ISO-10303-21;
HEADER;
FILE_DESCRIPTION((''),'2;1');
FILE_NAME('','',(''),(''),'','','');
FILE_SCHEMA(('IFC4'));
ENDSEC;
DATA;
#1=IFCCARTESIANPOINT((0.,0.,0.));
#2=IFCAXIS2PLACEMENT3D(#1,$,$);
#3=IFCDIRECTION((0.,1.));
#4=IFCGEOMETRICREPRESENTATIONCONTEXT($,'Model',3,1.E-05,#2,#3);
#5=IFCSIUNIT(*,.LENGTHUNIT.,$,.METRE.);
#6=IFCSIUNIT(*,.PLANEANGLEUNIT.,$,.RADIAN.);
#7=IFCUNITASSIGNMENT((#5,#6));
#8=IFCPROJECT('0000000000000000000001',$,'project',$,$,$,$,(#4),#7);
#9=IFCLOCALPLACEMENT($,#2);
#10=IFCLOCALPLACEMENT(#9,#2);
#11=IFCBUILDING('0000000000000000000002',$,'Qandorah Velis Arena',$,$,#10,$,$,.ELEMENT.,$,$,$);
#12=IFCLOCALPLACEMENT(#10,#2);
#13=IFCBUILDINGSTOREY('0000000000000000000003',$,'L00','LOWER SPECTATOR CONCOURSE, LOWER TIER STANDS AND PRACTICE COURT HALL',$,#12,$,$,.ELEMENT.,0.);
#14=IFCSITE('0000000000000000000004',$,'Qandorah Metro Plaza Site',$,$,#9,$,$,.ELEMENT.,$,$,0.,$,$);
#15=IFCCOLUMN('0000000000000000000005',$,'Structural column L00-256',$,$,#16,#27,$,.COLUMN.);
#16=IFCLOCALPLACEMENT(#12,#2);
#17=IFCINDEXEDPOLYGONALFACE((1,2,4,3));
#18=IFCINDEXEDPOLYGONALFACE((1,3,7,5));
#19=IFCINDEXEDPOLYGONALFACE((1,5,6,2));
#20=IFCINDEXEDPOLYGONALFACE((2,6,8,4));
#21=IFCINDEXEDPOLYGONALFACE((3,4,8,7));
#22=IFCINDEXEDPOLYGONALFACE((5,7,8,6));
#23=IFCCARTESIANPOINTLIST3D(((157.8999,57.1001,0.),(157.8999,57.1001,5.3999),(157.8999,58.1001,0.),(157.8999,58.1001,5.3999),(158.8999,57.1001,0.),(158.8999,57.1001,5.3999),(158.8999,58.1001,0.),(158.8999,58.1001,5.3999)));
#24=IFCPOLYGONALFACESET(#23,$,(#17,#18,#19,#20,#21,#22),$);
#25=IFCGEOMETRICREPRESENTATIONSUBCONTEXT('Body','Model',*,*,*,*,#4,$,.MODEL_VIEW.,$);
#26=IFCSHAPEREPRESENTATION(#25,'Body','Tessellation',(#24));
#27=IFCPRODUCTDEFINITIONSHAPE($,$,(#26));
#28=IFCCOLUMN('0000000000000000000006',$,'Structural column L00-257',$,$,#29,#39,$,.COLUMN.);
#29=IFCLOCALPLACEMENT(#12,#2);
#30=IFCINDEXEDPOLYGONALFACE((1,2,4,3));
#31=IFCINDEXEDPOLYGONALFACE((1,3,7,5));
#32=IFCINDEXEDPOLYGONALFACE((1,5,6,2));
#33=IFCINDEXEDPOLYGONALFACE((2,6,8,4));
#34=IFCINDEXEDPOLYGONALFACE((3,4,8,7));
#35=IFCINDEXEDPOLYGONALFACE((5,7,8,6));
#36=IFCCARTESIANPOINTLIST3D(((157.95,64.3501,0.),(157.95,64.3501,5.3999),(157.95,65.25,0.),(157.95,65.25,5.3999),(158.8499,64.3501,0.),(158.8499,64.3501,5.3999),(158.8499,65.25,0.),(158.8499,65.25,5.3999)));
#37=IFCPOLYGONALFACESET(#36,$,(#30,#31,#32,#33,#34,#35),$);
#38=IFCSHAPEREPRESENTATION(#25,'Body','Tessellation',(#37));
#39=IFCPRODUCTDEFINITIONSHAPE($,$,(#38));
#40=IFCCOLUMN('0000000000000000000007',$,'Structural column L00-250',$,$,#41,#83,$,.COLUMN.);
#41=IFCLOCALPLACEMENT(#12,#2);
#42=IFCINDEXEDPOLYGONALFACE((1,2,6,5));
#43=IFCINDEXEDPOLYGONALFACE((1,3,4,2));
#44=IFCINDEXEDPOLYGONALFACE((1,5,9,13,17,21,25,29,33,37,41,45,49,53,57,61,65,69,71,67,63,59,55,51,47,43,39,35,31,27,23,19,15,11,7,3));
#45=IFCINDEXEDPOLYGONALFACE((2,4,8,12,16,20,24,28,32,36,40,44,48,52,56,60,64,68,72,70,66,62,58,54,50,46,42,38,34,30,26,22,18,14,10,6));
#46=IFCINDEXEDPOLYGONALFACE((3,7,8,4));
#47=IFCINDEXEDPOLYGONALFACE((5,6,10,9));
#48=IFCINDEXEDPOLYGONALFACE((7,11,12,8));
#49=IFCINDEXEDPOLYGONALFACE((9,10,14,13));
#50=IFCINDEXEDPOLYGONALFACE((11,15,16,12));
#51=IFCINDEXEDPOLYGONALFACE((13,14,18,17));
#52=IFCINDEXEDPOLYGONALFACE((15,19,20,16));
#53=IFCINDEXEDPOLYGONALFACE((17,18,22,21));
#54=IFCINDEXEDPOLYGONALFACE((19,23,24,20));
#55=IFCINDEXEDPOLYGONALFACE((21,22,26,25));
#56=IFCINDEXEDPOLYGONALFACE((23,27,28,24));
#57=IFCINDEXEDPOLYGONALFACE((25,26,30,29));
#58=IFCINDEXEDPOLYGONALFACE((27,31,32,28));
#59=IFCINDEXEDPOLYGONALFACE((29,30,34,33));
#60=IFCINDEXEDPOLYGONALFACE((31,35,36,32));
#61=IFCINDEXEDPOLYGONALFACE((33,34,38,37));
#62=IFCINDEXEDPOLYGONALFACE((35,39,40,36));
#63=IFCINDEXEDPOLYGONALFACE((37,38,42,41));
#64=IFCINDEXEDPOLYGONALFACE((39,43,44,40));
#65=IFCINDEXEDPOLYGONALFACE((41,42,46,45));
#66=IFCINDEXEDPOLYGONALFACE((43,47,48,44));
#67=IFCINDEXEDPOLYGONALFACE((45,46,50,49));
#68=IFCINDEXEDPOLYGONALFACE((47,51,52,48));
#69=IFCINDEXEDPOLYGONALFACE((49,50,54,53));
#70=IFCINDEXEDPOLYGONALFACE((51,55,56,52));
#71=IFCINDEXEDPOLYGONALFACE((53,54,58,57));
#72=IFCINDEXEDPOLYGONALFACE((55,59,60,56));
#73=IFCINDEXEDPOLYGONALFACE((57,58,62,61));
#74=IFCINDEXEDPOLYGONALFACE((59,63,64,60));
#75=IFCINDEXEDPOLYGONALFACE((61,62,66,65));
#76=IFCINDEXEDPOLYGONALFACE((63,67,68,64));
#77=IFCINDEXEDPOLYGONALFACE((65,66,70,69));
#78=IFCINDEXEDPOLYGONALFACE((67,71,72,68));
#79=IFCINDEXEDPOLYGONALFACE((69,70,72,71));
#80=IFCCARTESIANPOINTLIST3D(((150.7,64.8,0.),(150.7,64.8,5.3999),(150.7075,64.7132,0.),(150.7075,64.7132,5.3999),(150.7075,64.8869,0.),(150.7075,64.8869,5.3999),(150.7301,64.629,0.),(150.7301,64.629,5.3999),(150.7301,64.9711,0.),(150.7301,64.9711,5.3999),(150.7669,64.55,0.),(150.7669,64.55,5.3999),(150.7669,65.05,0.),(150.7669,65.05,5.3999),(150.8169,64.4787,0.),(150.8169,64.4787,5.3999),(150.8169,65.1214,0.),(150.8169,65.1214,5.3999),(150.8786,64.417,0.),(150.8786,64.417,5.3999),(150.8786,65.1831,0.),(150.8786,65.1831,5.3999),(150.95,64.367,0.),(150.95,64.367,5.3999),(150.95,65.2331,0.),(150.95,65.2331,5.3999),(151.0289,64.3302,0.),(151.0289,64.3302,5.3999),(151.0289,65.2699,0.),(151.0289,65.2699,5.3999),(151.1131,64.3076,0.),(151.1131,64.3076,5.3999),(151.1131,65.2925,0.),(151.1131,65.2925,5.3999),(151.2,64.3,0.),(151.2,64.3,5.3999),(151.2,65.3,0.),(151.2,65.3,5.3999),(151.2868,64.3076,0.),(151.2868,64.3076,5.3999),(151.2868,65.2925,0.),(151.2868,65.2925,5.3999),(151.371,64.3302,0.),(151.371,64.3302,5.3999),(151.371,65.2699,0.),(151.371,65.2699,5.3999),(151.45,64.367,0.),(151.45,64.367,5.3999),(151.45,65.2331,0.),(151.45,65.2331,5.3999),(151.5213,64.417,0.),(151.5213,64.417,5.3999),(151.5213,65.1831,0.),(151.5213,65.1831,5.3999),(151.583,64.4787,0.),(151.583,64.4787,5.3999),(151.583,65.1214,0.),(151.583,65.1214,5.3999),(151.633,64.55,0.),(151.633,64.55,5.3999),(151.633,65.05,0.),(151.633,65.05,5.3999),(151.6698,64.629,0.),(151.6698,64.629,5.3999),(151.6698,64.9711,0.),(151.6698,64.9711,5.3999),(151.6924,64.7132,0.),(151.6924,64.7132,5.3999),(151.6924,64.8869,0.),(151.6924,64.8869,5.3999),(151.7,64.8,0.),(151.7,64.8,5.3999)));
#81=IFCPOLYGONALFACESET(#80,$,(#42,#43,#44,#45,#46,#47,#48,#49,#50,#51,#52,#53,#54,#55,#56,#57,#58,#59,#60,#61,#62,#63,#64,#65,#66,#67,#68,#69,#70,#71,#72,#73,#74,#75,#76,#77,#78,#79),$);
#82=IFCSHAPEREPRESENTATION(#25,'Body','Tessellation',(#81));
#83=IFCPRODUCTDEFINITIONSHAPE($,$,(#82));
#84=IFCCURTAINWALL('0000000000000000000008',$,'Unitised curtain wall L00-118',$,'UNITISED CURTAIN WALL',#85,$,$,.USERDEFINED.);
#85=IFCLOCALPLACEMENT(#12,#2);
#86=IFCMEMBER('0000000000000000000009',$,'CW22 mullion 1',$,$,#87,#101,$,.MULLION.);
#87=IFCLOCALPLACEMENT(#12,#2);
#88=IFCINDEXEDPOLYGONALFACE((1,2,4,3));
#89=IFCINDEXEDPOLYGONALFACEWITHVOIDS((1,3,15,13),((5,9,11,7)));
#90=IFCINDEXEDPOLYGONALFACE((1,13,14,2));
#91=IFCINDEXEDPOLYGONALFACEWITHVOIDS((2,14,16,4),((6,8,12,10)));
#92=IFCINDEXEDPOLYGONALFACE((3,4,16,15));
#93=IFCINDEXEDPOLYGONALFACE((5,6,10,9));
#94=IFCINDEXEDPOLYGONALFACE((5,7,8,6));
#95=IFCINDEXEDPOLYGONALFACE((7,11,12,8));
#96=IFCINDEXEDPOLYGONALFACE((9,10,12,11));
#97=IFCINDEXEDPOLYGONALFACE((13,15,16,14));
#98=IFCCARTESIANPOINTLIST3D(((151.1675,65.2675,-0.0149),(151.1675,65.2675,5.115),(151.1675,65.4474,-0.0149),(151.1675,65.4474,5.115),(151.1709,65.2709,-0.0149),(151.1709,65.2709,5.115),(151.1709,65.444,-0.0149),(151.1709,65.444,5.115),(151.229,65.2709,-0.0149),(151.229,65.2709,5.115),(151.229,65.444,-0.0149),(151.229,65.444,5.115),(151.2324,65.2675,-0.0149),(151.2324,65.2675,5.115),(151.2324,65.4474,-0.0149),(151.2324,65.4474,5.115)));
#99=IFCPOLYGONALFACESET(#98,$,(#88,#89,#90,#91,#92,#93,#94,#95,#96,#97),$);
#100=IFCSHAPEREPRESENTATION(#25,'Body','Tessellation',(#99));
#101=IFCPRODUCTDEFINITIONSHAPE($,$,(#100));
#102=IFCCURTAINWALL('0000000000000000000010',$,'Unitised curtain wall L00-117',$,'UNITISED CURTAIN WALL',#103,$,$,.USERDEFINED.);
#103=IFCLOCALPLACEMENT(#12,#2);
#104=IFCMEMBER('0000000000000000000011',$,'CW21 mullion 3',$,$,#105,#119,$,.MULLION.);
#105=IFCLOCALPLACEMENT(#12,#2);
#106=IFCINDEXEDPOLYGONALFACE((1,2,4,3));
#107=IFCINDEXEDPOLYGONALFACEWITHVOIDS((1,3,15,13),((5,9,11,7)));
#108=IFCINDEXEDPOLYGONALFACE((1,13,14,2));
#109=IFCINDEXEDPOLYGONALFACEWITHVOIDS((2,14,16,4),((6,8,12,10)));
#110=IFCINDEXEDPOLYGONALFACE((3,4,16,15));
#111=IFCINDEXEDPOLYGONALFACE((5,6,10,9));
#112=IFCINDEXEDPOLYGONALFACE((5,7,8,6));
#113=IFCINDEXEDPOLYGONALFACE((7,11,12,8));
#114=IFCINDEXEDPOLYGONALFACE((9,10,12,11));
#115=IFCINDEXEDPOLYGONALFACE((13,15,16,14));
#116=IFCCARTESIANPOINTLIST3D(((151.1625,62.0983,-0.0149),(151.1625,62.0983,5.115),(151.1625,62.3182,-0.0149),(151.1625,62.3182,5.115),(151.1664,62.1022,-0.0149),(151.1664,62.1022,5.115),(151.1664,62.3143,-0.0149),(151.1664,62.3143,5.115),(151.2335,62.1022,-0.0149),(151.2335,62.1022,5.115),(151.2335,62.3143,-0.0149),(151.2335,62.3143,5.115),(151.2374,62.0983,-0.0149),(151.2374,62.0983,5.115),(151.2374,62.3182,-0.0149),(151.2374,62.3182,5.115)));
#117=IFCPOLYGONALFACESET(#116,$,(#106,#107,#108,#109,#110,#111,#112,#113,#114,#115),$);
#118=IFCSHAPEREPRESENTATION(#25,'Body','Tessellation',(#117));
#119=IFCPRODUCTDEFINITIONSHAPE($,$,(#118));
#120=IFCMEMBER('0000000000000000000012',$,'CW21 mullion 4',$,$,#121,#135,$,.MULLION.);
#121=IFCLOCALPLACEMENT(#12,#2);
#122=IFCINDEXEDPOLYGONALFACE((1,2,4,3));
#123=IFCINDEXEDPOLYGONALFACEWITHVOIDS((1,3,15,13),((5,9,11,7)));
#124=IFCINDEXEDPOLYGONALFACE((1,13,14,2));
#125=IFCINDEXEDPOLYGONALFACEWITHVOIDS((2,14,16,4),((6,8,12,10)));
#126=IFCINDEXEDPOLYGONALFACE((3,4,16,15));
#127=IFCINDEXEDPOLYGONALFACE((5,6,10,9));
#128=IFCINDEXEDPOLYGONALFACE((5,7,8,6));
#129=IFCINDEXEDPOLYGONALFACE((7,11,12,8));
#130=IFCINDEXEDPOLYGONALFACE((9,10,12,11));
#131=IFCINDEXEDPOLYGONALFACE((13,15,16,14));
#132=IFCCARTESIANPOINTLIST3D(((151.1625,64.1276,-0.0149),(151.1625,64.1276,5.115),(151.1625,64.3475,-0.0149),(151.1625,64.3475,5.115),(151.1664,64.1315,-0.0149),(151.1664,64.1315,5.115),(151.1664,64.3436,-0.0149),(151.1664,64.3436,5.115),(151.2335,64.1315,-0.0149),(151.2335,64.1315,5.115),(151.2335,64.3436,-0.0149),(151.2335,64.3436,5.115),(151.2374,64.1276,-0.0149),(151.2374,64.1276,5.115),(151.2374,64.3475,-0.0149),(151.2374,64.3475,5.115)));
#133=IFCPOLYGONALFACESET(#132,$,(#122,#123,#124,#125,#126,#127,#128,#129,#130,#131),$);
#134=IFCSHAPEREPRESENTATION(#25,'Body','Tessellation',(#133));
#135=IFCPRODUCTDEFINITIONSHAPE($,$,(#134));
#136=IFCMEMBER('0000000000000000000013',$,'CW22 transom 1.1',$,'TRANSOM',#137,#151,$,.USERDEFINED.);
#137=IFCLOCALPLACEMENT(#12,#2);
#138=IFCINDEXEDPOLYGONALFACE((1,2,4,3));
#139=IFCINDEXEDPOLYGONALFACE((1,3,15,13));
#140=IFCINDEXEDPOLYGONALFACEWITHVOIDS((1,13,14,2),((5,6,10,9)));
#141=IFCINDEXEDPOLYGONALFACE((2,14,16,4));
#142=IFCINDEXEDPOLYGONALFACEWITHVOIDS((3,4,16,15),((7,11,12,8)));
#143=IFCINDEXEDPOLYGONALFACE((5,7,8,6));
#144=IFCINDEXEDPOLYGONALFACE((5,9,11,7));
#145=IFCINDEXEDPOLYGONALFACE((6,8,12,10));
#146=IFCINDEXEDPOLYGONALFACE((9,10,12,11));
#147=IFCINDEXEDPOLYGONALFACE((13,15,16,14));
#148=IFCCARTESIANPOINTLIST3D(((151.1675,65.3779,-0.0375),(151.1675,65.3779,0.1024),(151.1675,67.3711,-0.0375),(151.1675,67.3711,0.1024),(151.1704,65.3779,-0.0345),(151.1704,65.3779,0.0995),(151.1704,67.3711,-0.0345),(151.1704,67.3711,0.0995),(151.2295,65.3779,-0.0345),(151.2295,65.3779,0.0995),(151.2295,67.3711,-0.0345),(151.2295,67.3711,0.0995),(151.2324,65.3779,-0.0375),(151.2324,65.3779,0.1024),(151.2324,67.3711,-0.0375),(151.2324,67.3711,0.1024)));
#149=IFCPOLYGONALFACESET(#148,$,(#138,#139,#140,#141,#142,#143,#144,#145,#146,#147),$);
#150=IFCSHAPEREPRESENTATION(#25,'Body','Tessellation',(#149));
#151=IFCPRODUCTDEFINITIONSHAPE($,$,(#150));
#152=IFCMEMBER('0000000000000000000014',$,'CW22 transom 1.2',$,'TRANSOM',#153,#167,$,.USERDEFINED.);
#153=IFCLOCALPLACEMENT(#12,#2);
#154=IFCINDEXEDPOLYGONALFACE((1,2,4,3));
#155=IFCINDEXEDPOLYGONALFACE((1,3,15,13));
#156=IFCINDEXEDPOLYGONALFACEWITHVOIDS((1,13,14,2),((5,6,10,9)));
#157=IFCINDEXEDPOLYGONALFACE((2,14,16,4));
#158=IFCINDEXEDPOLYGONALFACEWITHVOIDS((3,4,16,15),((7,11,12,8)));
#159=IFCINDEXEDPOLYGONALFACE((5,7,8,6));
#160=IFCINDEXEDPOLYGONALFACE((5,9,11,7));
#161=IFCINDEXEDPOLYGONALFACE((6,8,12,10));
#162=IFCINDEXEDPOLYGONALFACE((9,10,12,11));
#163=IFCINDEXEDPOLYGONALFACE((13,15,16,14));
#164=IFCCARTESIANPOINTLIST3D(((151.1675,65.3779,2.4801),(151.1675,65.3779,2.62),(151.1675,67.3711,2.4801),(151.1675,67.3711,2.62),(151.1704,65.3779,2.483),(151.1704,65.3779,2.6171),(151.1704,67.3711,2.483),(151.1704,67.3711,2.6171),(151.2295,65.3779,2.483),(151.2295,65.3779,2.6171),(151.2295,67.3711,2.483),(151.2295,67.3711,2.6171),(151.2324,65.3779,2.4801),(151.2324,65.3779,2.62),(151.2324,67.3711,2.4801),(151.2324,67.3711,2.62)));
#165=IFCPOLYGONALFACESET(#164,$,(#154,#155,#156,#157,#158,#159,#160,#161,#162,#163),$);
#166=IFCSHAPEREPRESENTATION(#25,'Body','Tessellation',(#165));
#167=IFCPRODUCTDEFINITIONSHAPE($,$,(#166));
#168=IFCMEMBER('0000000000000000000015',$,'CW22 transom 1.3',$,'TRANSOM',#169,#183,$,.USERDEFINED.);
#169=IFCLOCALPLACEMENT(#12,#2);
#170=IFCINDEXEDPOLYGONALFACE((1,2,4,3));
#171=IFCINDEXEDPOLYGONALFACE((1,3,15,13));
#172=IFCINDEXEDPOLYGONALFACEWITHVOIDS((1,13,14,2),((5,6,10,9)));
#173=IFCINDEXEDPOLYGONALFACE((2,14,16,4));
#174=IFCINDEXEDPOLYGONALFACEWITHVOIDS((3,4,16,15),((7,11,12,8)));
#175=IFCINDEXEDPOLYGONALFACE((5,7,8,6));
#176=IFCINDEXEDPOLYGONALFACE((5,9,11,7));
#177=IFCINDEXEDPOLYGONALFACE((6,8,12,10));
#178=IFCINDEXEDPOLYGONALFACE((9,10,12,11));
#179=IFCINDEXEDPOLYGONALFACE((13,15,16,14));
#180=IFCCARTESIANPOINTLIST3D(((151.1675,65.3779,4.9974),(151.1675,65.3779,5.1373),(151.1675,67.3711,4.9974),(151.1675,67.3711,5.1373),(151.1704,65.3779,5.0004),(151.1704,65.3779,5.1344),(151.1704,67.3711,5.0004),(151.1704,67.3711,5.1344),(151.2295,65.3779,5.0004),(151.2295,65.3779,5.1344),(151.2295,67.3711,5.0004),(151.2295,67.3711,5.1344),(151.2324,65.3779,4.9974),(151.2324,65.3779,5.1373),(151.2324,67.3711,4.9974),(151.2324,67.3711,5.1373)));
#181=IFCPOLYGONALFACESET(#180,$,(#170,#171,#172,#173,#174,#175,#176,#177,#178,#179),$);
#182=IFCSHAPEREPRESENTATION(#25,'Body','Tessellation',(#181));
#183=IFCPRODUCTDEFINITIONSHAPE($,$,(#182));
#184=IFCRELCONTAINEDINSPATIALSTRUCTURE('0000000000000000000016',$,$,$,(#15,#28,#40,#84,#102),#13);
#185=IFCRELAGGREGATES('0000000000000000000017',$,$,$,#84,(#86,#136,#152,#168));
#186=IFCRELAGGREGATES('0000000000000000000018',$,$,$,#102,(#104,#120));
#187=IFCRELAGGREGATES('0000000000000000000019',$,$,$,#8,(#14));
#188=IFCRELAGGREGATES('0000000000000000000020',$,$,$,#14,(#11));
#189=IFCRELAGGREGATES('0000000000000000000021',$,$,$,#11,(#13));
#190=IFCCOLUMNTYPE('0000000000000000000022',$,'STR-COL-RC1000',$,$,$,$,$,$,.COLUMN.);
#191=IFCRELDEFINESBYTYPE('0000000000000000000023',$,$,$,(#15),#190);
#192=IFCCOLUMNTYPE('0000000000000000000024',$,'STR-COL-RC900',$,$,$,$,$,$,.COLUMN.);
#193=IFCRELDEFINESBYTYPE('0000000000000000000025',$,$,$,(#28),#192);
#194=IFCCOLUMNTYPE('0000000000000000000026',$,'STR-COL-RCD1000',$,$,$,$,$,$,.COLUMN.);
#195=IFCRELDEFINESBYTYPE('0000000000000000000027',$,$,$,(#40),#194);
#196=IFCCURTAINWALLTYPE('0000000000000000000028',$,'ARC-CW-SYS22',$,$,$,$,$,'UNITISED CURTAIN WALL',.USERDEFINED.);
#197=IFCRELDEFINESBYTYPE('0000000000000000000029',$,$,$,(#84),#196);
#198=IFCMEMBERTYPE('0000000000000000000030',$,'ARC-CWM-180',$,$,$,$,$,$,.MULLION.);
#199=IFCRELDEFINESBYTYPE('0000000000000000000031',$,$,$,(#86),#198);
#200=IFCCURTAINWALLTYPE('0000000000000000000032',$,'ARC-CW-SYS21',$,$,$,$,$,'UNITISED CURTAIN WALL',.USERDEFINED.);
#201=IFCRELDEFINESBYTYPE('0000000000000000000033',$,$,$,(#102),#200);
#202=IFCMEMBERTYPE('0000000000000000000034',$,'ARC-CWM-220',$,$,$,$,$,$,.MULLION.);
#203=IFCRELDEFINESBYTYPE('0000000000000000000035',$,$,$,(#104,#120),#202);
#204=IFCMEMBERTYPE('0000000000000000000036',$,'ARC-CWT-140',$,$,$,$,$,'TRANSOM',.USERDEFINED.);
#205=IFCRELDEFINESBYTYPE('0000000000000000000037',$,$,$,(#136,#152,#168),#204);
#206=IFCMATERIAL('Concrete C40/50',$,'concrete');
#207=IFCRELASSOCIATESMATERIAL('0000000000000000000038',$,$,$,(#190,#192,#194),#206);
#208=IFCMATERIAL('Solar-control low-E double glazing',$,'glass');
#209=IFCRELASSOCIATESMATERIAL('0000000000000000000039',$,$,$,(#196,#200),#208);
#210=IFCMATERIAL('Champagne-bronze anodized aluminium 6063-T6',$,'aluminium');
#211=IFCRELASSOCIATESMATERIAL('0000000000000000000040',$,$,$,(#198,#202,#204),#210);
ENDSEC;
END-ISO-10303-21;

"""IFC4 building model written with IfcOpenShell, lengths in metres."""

from ifc_helpers import new_model, si_unit, direction, frame, origin, origin_2d, place, context, subcontext, project, spatial, rectangle, hollow_rectangle, circle, extrude, material, material_profile, profile_set, type_object, element, aggregate, save


model = new_model("IFC4")

# Units and contexts
model_context = context("Model", 3, precision=1e-05, world=origin(), true_north=direction((0.0, 1.0)))
body_context = subcontext(model_context, "Body", "Model", "MODEL_VIEW")
ifc_project = project(units=[si_unit("LENGTHUNIT", "METRE"), si_unit("PLANEANGLEUNIT", "RADIAN")], contexts=[model_context])

# Site, building, storey
site_placement = place(None, origin())
site = spatial("IfcSite", under=ifc_project, at=site_placement, Name="Qandorah Metro Plaza Site", CompositionType="ELEMENT", RefElevation=0.0)
building_placement = place(site_placement, origin())
building = spatial("IfcBuilding", under=site, at=building_placement, Name="Qandorah Velis Arena", CompositionType="ELEMENT")
storey_placement = place(building_placement, origin())
storey = spatial("IfcBuildingStorey", under=building, at=storey_placement, Name="L00", Description="LOWER SPECTATOR CONCOURSE, LOWER TIER STANDS AND PRACTICE COURT HALL", CompositionType="ELEMENT", Elevation=0.0)

# Columns
ifc_material_1 = material(Name="Concrete C40/50", Category="concrete")
ifc_material_profile_1 = material_profile(ifc_material_1, rectangle(XDim=1.0, YDim=1.0, at=origin_2d()), Name="RC COL 1000x1000")
ifc_profile_set_1 = profile_set([ifc_material_profile_1], Name="Concrete C40/50")
column_type_1 = type_object("IfcColumnType", Name="STR-COL-RC1000", PredefinedType="COLUMN", material=ifc_profile_set_1)
column_1_placement = place(storey_placement, frame((158.3999, 57.6001, 0.0), z_axis=(0.0, 0.0, 1.0), x_axis=(1.0, 0.0, 0.0)))
element("IfcColumn", 1, at=column_1_placement, inside=storey, type_object=column_type_1, Name="Structural column L00-256", PredefinedType="COLUMN", context=body_context, shape_type="SweptSolid", body=[
    extrude(rectangle(XDim=1.0, YDim=1.0, at=origin_2d()), origin(), (0.0, 0.0, 1.0), 5.3999),
])
ifc_material_profile_2 = material_profile(ifc_material_1, rectangle(XDim=0.8999, YDim=0.8999, at=origin_2d()), Name="RC COL 900x900")
ifc_profile_set_2 = profile_set([ifc_material_profile_2], Name="Concrete C40/50")
column_type_2 = type_object("IfcColumnType", Name="STR-COL-RC900", PredefinedType="COLUMN", material=ifc_profile_set_2)
column_2_placement = place(storey_placement, frame((158.3999, 64.8, 0.0), z_axis=(0.0, 0.0, 1.0), x_axis=(1.0, 0.0, 0.0)))
element("IfcColumn", 2, at=column_2_placement, inside=storey, type_object=column_type_2, Name="Structural column L00-257", PredefinedType="COLUMN", context=body_context, shape_type="SweptSolid", body=[
    extrude(rectangle(XDim=0.8999, YDim=0.8999, at=origin_2d()), origin(), (0.0, 0.0, 1.0), 5.3999),
])
ifc_material_profile_3 = material_profile(ifc_material_1, circle(Radius=0.5, at=origin_2d()), Name="RC D1000")
ifc_profile_set_3 = profile_set([ifc_material_profile_3], Name="Concrete C40/50")
column_type_3 = type_object("IfcColumnType", Name="STR-COL-RCD1000", PredefinedType="COLUMN", material=ifc_profile_set_3)
column_3_placement = place(storey_placement, frame((151.2, 64.8, 0.0), z_axis=(0.0, 0.0, 1.0), x_axis=(1.0, 0.0, 0.0)))
element("IfcColumn", 3, at=column_3_placement, inside=storey, type_object=column_type_3, Name="Structural column L00-250", PredefinedType="COLUMN", context=body_context, shape_type="SweptSolid", body=[
    extrude(circle(Radius=0.5, at=origin_2d()), origin(), (0.0, 0.0, 1.0), 5.3999),
])

# Curtain wall, member
ifc_material_2 = material(Name="Solar-control low-E double glazing", Category="glass")
curtain_wall_type_1 = type_object("IfcCurtainWallType", Name="ARC-CW-SYS22", ElementType="UNITISED CURTAIN WALL", PredefinedType="USERDEFINED", material=ifc_material_2)
curtain_wall_1_placement = place(storey_placement, origin())
curtain_wall_1 = element("IfcCurtainWall", 4, at=curtain_wall_1_placement, inside=storey, type_object=curtain_wall_type_1, Name="Unitised curtain wall L00-118", ObjectType="UNITISED CURTAIN WALL", PredefinedType="USERDEFINED")
ifc_material_3 = material(Name="Champagne-bronze anodized aluminium 6063-T6", Category="aluminium")
ifc_material_profile_4 = material_profile(ifc_material_3, hollow_rectangle(XDim=0.0649, YDim=0.1799, WallThickness=0.0034, at=origin_2d()), Name="ALU MULLION 65x180")
ifc_profile_set_4 = profile_set([ifc_material_profile_4], Name="Champagne-bronze anodized aluminium 6063-T6")
member_type_1 = type_object("IfcMemberType", Name="ARC-CWM-180", PredefinedType="MULLION", material=ifc_profile_set_4)
member_1_placement = place(storey_placement, frame((151.2, 65.3574, -0.0149), z_axis=(0.0, 0.0, 1.0), x_axis=(-1.0, 0.0, 0.0)))
member_1 = element("IfcMember", 5, at=member_1_placement, type_object=member_type_1, Name="CW22 mullion 1", PredefinedType="MULLION", context=body_context, shape_type="SweptSolid", body=[
    extrude(hollow_rectangle(XDim=0.0649, YDim=0.1799, WallThickness=0.0034, at=origin_2d()), origin(), (0.0, 0.0, 1.0), 5.1299),
])

# Curtain wall, members
curtain_wall_type_2 = type_object("IfcCurtainWallType", Name="ARC-CW-SYS21", ElementType="UNITISED CURTAIN WALL", PredefinedType="USERDEFINED", material=ifc_material_2)
curtain_wall_2_placement = place(storey_placement, origin())
curtain_wall_2 = element("IfcCurtainWall", 6, at=curtain_wall_2_placement, inside=storey, type_object=curtain_wall_type_2, Name="Unitised curtain wall L00-117", ObjectType="UNITISED CURTAIN WALL", PredefinedType="USERDEFINED")
ifc_material_profile_5 = material_profile(ifc_material_3, hollow_rectangle(XDim=0.075, YDim=0.22, WallThickness=0.0039, at=origin_2d()), Name="ALU MULLION 75x220")
ifc_profile_set_5 = profile_set([ifc_material_profile_5], Name="Champagne-bronze anodized aluminium 6063-T6")
member_type_2 = type_object("IfcMemberType", Name="ARC-CWM-220", PredefinedType="MULLION", material=ifc_profile_set_5)
member_2_placement = place(storey_placement, frame((151.2, 62.2083, -0.0149), z_axis=(0.0, 0.0, 1.0), x_axis=(-1.0, 0.0, 0.0)))
member_2 = element("IfcMember", 7, at=member_2_placement, type_object=member_type_2, Name="CW21 mullion 3", PredefinedType="MULLION", context=body_context, shape_type="SweptSolid", body=[
    extrude(hollow_rectangle(XDim=0.075, YDim=0.22, WallThickness=0.0039, at=origin_2d()), origin(), (0.0, 0.0, 1.0), 5.1299),
])
member_3_placement = place(storey_placement, frame((151.2, 64.2375, -0.0149), z_axis=(0.0, 0.0, 1.0), x_axis=(-1.0, 0.0, 0.0)))
member_3 = element("IfcMember", 8, at=member_3_placement, type_object=member_type_2, Name="CW21 mullion 4", PredefinedType="MULLION", context=body_context, shape_type="SweptSolid", body=[
    extrude(hollow_rectangle(XDim=0.075, YDim=0.22, WallThickness=0.0039, at=origin_2d()), origin(), (0.0, 0.0, 1.0), 5.1299),
])

# Members
ifc_material_profile_6 = material_profile(ifc_material_3, hollow_rectangle(XDim=0.0649, YDim=0.1399, WallThickness=0.0029, at=origin_2d()), Name="ALU TRANSOM 65x140")
ifc_profile_set_6 = profile_set([ifc_material_profile_6], Name="Champagne-bronze anodized aluminium 6063-T6")
member_type_3 = type_object("IfcMemberType", Name="ARC-CWT-140", ElementType="TRANSOM", PredefinedType="USERDEFINED", material=ifc_profile_set_6)
member_4_placement = place(storey_placement, frame((151.2, 65.3779, 0.0325), z_axis=(0.0, 1.0, 0.0), x_axis=(-1.0, 0.0, 0.0)))
member_4 = element("IfcMember", 9, at=member_4_placement, type_object=member_type_3, Name="CW22 transom 1.1", ObjectType="TRANSOM", PredefinedType="USERDEFINED", context=body_context, shape_type="SweptSolid", body=[
    extrude(hollow_rectangle(XDim=0.0649, YDim=0.1399, WallThickness=0.0029, at=origin_2d()), origin(), (0.0, 0.0, 1.0), 1.9932),
])
member_5_placement = place(storey_placement, frame((151.2, 65.3779, 2.55), z_axis=(0.0, 1.0, 0.0), x_axis=(-1.0, 0.0, 0.0)))
member_5 = element("IfcMember", 10, at=member_5_placement, type_object=member_type_3, Name="CW22 transom 1.2", ObjectType="TRANSOM", PredefinedType="USERDEFINED", context=body_context, shape_type="SweptSolid", body=[
    extrude(hollow_rectangle(XDim=0.0649, YDim=0.1399, WallThickness=0.0029, at=origin_2d()), origin(), (0.0, 0.0, 1.0), 1.9932),
])
member_6_placement = place(storey_placement, frame((151.2, 65.3779, 5.0674), z_axis=(0.0, 1.0, 0.0), x_axis=(-1.0, 0.0, 0.0)))
member_6 = element("IfcMember", 11, at=member_6_placement, type_object=member_type_3, Name="CW22 transom 1.3", ObjectType="TRANSOM", PredefinedType="USERDEFINED", context=body_context, shape_type="SweptSolid", body=[
    extrude(hollow_rectangle(XDim=0.0649, YDim=0.1399, WallThickness=0.0029, at=origin_2d()), origin(), (0.0, 0.0, 1.0), 1.9932),
])
aggregate(curtain_wall_1, [member_1, member_4, member_5, member_6])

aggregate(curtain_wall_2, [member_2, member_3])

save(model, "model.ifc")
